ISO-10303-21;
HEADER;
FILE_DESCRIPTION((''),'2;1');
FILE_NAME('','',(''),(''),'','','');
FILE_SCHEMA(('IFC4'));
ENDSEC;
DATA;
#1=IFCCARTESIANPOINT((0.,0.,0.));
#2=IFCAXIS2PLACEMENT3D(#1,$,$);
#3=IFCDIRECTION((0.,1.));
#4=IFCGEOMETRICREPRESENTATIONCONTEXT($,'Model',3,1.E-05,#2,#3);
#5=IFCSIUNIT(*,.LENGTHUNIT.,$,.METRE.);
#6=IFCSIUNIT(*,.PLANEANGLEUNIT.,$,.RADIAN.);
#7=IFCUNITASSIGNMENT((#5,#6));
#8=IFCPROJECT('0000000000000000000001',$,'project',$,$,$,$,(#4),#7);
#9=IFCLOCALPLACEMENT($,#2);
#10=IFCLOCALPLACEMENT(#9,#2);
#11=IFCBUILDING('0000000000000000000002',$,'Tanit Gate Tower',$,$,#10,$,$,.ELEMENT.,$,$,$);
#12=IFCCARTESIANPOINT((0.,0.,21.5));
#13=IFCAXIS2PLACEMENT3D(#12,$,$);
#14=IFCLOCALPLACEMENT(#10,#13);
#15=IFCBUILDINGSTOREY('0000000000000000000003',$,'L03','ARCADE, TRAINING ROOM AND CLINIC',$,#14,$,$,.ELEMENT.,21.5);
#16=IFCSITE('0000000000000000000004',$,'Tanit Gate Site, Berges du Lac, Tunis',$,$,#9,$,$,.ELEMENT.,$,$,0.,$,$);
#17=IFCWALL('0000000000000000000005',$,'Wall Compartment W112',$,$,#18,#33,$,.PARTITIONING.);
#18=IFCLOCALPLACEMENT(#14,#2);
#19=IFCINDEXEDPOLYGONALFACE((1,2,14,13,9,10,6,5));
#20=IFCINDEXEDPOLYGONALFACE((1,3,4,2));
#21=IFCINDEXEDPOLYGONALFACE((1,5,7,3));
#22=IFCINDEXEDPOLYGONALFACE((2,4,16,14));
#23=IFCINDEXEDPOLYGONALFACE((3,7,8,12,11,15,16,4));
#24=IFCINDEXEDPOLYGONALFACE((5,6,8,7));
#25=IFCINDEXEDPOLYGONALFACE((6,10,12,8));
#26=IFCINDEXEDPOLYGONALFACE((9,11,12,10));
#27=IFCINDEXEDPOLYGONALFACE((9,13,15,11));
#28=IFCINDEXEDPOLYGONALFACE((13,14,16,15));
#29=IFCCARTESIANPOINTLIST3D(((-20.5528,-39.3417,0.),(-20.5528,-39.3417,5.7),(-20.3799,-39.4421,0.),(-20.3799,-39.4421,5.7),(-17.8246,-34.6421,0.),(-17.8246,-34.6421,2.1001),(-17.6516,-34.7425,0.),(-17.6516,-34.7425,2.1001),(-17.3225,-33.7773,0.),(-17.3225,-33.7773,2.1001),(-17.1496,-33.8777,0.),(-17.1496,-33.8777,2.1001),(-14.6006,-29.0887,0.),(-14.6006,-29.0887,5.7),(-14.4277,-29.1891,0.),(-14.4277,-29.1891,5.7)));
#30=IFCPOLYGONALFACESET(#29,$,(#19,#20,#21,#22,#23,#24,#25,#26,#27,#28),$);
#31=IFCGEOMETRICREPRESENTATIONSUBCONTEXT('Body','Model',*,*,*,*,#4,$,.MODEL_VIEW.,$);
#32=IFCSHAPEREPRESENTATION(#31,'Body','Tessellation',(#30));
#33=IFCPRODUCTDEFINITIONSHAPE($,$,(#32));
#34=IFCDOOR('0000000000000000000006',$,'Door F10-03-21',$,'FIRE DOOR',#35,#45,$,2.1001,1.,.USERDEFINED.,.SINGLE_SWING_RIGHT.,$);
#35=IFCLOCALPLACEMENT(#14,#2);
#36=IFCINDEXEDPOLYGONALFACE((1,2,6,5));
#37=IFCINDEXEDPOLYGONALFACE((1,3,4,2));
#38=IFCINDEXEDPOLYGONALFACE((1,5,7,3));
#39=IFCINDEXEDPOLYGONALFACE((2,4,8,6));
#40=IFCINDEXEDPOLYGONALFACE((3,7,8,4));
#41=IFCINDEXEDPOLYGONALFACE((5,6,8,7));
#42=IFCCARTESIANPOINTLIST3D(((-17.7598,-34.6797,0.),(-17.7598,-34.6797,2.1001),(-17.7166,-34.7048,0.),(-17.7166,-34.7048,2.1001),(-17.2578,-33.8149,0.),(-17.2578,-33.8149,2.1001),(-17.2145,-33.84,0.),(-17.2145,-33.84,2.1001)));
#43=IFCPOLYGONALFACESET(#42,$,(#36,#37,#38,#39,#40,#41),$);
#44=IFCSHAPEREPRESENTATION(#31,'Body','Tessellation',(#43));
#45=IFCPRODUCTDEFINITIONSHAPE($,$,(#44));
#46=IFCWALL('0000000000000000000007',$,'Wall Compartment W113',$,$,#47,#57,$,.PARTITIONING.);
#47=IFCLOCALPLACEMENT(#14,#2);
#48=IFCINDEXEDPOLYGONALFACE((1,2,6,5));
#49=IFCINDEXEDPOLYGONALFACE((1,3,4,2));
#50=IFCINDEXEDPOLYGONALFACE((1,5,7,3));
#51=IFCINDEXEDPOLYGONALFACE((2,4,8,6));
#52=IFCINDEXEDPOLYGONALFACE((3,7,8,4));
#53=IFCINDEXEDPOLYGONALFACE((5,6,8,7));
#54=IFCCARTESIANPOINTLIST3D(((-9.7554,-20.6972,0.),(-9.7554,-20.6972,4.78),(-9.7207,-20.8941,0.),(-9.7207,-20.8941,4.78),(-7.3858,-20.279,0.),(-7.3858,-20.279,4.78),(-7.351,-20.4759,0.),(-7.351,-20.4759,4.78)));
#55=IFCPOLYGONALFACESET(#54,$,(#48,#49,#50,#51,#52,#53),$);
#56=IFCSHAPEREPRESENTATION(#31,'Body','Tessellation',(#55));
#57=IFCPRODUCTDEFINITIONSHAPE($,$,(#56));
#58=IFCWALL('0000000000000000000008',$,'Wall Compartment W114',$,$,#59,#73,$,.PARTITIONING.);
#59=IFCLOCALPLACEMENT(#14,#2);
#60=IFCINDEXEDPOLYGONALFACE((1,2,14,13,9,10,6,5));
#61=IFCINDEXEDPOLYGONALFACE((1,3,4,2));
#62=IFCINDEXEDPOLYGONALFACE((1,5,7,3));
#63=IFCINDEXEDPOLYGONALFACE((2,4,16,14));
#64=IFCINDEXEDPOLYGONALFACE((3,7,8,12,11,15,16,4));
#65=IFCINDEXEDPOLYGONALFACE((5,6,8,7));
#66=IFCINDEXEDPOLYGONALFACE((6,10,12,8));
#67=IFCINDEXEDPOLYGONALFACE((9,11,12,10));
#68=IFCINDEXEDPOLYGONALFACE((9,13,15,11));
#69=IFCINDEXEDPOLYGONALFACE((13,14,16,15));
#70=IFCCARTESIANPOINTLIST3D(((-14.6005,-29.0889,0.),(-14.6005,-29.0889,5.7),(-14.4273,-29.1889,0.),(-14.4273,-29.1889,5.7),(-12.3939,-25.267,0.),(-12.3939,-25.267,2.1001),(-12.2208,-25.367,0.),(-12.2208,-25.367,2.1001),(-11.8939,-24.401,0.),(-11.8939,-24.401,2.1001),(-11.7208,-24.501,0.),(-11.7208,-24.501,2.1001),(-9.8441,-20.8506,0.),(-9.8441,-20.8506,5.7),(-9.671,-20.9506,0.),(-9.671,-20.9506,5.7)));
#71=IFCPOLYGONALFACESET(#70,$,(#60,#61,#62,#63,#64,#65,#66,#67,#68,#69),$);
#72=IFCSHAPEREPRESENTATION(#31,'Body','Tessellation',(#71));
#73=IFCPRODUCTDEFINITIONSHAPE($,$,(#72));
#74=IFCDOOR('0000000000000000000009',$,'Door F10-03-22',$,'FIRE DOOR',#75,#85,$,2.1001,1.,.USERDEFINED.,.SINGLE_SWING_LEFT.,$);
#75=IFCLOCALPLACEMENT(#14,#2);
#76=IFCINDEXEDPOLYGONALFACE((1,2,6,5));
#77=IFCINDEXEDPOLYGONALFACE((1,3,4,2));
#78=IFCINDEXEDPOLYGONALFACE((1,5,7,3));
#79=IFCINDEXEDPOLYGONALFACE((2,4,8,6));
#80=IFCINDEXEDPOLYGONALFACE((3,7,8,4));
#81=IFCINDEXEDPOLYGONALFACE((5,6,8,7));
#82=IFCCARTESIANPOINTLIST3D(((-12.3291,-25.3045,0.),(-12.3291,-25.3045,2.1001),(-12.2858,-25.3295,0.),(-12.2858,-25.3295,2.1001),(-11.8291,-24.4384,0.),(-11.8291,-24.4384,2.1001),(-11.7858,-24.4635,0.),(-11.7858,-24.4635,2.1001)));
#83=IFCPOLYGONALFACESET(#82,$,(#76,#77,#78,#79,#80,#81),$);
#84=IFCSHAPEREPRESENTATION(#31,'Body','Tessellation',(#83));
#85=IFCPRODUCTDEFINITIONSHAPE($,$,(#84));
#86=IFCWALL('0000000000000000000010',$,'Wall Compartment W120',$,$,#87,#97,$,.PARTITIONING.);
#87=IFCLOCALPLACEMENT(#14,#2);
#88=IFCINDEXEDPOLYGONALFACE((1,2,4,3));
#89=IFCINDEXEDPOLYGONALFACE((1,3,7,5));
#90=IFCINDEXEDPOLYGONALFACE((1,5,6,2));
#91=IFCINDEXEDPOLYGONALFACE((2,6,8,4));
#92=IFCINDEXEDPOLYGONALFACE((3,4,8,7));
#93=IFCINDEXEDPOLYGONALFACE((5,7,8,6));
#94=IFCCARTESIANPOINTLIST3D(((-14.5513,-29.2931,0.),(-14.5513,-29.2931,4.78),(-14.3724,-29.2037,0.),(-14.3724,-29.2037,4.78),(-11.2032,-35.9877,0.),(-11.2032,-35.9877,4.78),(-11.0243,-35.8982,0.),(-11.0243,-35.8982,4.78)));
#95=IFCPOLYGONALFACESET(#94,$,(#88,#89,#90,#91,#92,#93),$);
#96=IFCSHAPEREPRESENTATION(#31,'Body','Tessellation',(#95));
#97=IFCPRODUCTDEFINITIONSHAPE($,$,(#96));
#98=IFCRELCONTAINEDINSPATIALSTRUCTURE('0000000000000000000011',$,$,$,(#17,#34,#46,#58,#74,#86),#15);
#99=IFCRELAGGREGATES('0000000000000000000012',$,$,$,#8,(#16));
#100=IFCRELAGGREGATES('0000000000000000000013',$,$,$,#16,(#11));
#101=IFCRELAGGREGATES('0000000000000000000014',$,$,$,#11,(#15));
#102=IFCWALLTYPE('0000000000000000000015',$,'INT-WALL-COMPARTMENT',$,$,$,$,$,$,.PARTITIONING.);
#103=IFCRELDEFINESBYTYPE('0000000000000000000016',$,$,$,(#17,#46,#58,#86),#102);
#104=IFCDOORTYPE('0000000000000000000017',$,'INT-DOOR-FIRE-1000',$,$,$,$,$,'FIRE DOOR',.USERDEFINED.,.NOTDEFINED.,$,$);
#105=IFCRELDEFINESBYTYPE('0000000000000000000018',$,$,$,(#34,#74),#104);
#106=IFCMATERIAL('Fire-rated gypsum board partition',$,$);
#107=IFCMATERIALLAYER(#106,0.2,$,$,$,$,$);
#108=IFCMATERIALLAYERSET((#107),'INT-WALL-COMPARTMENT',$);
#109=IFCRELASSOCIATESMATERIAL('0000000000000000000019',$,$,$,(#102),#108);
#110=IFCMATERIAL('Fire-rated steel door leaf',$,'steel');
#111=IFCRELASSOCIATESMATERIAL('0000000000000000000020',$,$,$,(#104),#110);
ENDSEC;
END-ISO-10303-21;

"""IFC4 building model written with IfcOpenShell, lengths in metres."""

from ifc_helpers import new_model, si_unit, direction, frame, frame_2d, origin, place, context, subcontext, project, spatial, rectangle, extrude, material, layer, layer_set, type_object, element, fill, save


model = new_model("IFC4")

# Units and contexts
model_context = context("Model", 3, precision=1e-05, world=origin(), true_north=direction((0.0, 1.0)))
body_context = subcontext(model_context, "Body", "Model", "MODEL_VIEW")
ifc_project = project(units=[si_unit("LENGTHUNIT", "METRE"), si_unit("PLANEANGLEUNIT", "RADIAN")], contexts=[model_context])

# Site, building, storey
site_placement = place(None, origin())
site = spatial("IfcSite", under=ifc_project, at=site_placement, Name="Tanit Gate Site, Berges du Lac, Tunis", CompositionType="ELEMENT", RefElevation=0.0)
building_placement = place(site_placement, origin())
building = spatial("IfcBuilding", under=site, at=building_placement, Name="Tanit Gate Tower", CompositionType="ELEMENT")
storey_placement = place(building_placement, frame((0.0, 0.0, 21.5)))
storey = spatial("IfcBuildingStorey", under=building, at=storey_placement, Name="L03", Description="ARCADE, TRAINING ROOM AND CLINIC", CompositionType="ELEMENT", Elevation=21.5)

# Wall, opening, door
ifc_material_1 = material(Name="Fire-rated gypsum board partition")
ifc_layer_1 = layer(ifc_material_1, 0.2)
ifc_layer_set_1 = layer_set([ifc_layer_1], Name="INT-WALL-COMPARTMENT")
wall_type_1 = type_object("IfcWallType", Name="INT-WALL-COMPARTMENT", PredefinedType="PARTITIONING", material=ifc_layer_set_1)
ifc_material_2 = material(Name="Fire-rated steel door leaf", Category="steel")
door_type = type_object("IfcDoorType", Name="INT-DOOR-FIRE-1000", ElementType="FIRE DOOR", OperationType="NOTDEFINED", PredefinedType="USERDEFINED", material=ifc_material_2)
wall_1_placement = place(storey_placement, frame((-14.5142, -29.1389, 0.0), z_axis=(0.0, 0.0, 1.0), x_axis=(-0.502062, -0.864832, 0.0)))
wall_1 = element("IfcWall", 1, at=wall_1_placement, inside=storey, type_object=wall_type_1, Name="Wall Compartment W112", PredefinedType="PARTITIONING", context=body_context, shape_type="SweptSolid", body=[
    extrude(rectangle(XDim=11.8555, YDim=0.2, at=frame_2d((5.9277, 0.0))), origin(), (0.0, 0.0, 1.0), 5.7),
])
opening_1_placement = place(wall_1_placement, frame((5.4214, 0.0, 0.0)))
opening_1 = element("IfcOpeningElement", 2, at=opening_1_placement, cuts=wall_1, PredefinedType="OPENING", context=body_context, shape_type="SweptSolid", body=[
    extrude(rectangle(XDim=1.0, YDim=2.1001, at=frame_2d((0.5, 1.05))), frame((0.0, 0.1099, 0.0), z_axis=(0.0, -1.0, 0.0), x_axis=(1.0, 0.0, 0.0)), (0.0, 0.0, 1.0), 0.22),
])
door_1_placement = place(opening_1_placement, origin())
door_1 = element("IfcDoor", 3, at=door_1_placement, inside=storey, type_object=door_type, Name="Door F10-03-21", ObjectType="FIRE DOOR", OperationType="SINGLE_SWING_RIGHT", OverallHeight=2.1001, OverallWidth=1.0, PredefinedType="USERDEFINED", context=body_context, shape_type="SweptSolid", body=[
    extrude(rectangle(XDim=1.0, YDim=2.1001, at=frame_2d((0.5, 1.05))), frame((0.0, 0.0249, 0.0), z_axis=(0.0, -1.0, 0.0), x_axis=(1.0, 0.0, 0.0)), (0.0, 0.0, 1.0), 0.05),
])
fill(opening_1, door_1)

# Wall
wall_2_placement = place(storey_placement, frame((-9.738, -20.7957, 0.0), z_axis=(0.0, 0.0, 1.0), x_axis=(0.98478, 0.173803, 0.0)))
element("IfcWall", 4, at=wall_2_placement, inside=storey, type_object=wall_type_1, Name="Wall Compartment W113", PredefinedType="PARTITIONING", context=body_context, shape_type="SweptSolid", body=[
    extrude(rectangle(XDim=2.4062, YDim=0.2, at=frame_2d((1.2031, 0.0))), origin(), (0.0, 0.0, 1.0), 4.78),
])

# Wall, opening, door
wall_3_placement = place(storey_placement, frame((-9.7576, -20.9006, 0.0), z_axis=(0.0, 0.0, 1.0), x_axis=(-0.499998, -0.866027, 0.0)))
wall_3 = element("IfcWall", 5, at=wall_3_placement, inside=storey, type_object=wall_type_1, Name="Wall Compartment W114", PredefinedType="PARTITIONING", context=body_context, shape_type="SweptSolid", body=[
    extrude(rectangle(XDim=9.5127, YDim=0.2, at=frame_2d((4.7563, 0.0))), origin(), (0.0, 0.0, 1.0), 5.7),
])
opening_2_placement = place(wall_3_placement, frame((4.0996, 0.0, 0.0)))
opening_2 = element("IfcOpeningElement", 6, at=opening_2_placement, cuts=wall_3, PredefinedType="OPENING", context=body_context, shape_type="SweptSolid", body=[
    extrude(rectangle(XDim=1.0, YDim=2.1001, at=frame_2d((0.5, 1.05))), frame((0.0, 0.1099, 0.0), z_axis=(0.0, -1.0, 0.0), x_axis=(1.0, 0.0, 0.0)), (0.0, 0.0, 1.0), 0.22),
])
door_2_placement = place(opening_2_placement, origin())
door_2 = element("IfcDoor", 7, at=door_2_placement, inside=storey, type_object=door_type, Name="Door F10-03-22", ObjectType="FIRE DOOR", OperationType="SINGLE_SWING_LEFT", OverallHeight=2.1001, OverallWidth=1.0, PredefinedType="USERDEFINED", context=body_context, shape_type="SweptSolid", body=[
    extrude(rectangle(XDim=1.0, YDim=2.1001, at=frame_2d((0.5, 1.05))), frame((0.0, 0.0249, 0.0), z_axis=(0.0, -1.0, 0.0), x_axis=(1.0, 0.0, 0.0)), (0.0, 0.0, 1.0), 0.05),
])
fill(opening_2, door_2)

# Wall
wall_4_placement = place(storey_placement, frame((-14.4619, -29.2483, 0.0), z_axis=(0.0, 0.0, 1.0), x_axis=(0.447305, -0.894382, 0.0)))
element("IfcWall", 8, at=wall_4_placement, inside=storey, type_object=wall_type_1, Name="Wall Compartment W120", PredefinedType="PARTITIONING", context=body_context, shape_type="SweptSolid", body=[
    extrude(rectangle(XDim=7.4851, YDim=0.2, at=frame_2d((3.7427, 0.0))), origin(), (0.0, 0.0, 1.0), 4.78),
])

save(model, "model.ifc")
